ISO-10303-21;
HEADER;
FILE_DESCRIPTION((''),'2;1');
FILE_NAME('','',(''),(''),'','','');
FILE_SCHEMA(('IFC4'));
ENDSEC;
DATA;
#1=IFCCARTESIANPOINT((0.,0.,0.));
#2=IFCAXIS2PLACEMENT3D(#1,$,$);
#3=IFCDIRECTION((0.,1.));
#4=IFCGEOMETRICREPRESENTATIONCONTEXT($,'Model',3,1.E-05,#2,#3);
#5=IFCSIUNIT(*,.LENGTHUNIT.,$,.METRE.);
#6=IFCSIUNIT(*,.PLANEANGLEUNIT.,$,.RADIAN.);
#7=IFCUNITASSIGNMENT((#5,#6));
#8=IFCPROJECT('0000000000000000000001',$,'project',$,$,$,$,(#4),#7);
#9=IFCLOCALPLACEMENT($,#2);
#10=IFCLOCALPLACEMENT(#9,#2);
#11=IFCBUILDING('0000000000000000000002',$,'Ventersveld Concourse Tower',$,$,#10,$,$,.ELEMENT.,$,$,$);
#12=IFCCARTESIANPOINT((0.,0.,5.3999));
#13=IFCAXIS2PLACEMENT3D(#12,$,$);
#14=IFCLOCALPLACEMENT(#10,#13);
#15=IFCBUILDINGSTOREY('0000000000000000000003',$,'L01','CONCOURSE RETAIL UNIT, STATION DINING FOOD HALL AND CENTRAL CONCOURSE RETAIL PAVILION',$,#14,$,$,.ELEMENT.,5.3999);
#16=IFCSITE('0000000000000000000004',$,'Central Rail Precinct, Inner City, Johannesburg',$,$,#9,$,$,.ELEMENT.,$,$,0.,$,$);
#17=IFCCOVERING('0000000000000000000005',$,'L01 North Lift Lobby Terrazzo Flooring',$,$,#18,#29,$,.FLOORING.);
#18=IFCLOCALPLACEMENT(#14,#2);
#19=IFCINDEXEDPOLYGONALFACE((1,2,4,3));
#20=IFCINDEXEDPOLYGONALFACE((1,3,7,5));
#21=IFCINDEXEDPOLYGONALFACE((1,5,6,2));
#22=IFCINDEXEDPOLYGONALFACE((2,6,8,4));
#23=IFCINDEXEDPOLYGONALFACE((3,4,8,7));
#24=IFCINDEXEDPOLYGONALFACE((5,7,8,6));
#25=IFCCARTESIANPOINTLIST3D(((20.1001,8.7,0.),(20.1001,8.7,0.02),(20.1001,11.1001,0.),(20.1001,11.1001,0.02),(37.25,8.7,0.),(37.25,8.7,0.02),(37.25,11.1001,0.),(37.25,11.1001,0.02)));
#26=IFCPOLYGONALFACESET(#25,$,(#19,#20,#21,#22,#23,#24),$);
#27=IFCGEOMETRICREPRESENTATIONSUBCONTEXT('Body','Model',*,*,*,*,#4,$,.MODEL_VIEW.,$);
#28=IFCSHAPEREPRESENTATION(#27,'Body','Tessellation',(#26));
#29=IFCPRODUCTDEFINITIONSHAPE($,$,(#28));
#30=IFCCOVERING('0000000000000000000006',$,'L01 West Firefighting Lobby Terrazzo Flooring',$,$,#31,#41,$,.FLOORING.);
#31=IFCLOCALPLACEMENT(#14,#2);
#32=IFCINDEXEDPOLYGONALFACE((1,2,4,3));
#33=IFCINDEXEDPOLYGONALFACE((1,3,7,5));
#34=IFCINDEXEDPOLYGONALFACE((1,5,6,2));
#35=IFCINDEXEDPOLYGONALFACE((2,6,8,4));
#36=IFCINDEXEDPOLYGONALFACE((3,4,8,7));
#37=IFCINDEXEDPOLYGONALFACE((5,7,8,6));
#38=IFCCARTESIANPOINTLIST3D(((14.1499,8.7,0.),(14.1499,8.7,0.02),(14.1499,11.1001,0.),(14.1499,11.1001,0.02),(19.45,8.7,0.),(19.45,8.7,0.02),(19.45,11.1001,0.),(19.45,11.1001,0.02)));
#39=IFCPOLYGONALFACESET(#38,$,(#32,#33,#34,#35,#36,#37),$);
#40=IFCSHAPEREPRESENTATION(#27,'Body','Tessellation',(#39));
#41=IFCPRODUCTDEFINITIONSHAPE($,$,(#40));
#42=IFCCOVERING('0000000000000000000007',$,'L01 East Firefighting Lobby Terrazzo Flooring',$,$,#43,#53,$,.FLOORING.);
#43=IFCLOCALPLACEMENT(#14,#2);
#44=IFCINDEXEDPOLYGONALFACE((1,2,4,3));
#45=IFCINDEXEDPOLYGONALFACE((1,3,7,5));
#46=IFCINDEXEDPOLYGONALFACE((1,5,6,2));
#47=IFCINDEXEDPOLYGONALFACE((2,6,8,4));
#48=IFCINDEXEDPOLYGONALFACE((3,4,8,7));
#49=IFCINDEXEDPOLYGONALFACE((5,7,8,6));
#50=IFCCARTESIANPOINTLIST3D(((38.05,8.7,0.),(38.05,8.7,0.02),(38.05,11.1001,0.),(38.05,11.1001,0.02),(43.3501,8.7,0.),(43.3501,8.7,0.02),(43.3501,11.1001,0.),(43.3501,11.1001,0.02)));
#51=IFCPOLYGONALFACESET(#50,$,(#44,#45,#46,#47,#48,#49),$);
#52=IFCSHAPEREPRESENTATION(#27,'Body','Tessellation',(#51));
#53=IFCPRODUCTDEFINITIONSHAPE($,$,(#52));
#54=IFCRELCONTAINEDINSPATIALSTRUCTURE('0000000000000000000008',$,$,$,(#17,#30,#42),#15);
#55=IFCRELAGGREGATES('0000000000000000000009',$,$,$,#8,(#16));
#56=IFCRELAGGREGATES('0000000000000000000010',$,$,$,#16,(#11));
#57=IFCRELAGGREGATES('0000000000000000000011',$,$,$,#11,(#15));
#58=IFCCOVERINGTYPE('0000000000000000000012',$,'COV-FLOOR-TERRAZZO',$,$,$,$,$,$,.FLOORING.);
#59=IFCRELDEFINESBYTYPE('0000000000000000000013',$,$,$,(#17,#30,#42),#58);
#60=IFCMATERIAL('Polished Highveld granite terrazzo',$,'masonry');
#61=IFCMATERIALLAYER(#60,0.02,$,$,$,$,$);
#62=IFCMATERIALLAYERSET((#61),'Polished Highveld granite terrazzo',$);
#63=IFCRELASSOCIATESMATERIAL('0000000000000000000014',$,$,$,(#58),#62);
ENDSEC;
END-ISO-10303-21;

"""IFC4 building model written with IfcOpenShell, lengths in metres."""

from ifc_helpers import new_model, si_unit, direction, frame, origin, place, context, subcontext, project, spatial, polyline, outline, extrude, material, layer, layer_set, type_object, element, save


model = new_model("IFC4")

# Units and contexts
model_context = context("Model", 3, precision=1e-05, world=origin(), true_north=direction((0.0, 1.0)))
body_context = subcontext(model_context, "Body", "Model", "MODEL_VIEW")
ifc_project = project(units=[si_unit("LENGTHUNIT", "METRE"), si_unit("PLANEANGLEUNIT", "RADIAN")], contexts=[model_context])

# Site, building, storey
site_placement = place(None, origin())
site = spatial("IfcSite", under=ifc_project, at=site_placement, Name="Central Rail Precinct, Inner City, Johannesburg", CompositionType="ELEMENT", RefElevation=0.0)
building_placement = place(site_placement, origin())
building = spatial("IfcBuilding", under=site, at=building_placement, Name="Ventersveld Concourse Tower", CompositionType="ELEMENT")
storey_placement = place(building_placement, frame((0.0, 0.0, 5.3999)))
storey = spatial("IfcBuildingStorey", under=building, at=storey_placement, Name="L01", Description="CONCOURSE RETAIL UNIT, STATION DINING FOOD HALL AND CENTRAL CONCOURSE RETAIL PAVILION", CompositionType="ELEMENT", Elevation=5.3999)

# Coverings
ifc_material_1 = material(Name="Polished Highveld granite terrazzo", Category="masonry")
ifc_layer_1 = layer(ifc_material_1, 0.02)
ifc_layer_set_1 = layer_set([ifc_layer_1], Name="Polished Highveld granite terrazzo")
covering_type_1 = type_object("IfcCoveringType", Name="COV-FLOOR-TERRAZZO", PredefinedType="FLOORING", material=ifc_layer_set_1)
covering_1_placement = place(storey_placement, origin())
element("IfcCovering", 1, at=covering_1_placement, inside=storey, type_object=covering_type_1, Name="L01 North Lift Lobby Terrazzo Flooring", PredefinedType="FLOORING", context=body_context, shape_type="SweptSolid", body=[
    extrude(outline(polyline([(20.1001, 8.7), (37.25, 8.7), (37.25, 11.1001), (20.1001, 11.1001), (20.1001, 8.7)])), origin(), (0.0, 0.0, 1.0), 0.02),
])
covering_2_placement = place(storey_placement, origin())
element("IfcCovering", 2, at=covering_2_placement, inside=storey, type_object=covering_type_1, Name="L01 West Firefighting Lobby Terrazzo Flooring", PredefinedType="FLOORING", context=body_context, shape_type="SweptSolid", body=[
    extrude(outline(polyline([(14.1499, 8.7), (19.45, 8.7), (19.45, 11.1001), (14.1499, 11.1001), (14.1499, 8.7)])), origin(), (0.0, 0.0, 1.0), 0.02),
])
covering_3_placement = place(storey_placement, origin())
element("IfcCovering", 3, at=covering_3_placement, inside=storey, type_object=covering_type_1, Name="L01 East Firefighting Lobby Terrazzo Flooring", PredefinedType="FLOORING", context=body_context, shape_type="SweptSolid", body=[
    extrude(outline(polyline([(38.05, 8.7), (43.3501, 8.7), (43.3501, 11.1001), (38.05, 11.1001), (38.05, 8.7)])), origin(), (0.0, 0.0, 1.0), 0.02),
])

save(model, "model.ifc")
